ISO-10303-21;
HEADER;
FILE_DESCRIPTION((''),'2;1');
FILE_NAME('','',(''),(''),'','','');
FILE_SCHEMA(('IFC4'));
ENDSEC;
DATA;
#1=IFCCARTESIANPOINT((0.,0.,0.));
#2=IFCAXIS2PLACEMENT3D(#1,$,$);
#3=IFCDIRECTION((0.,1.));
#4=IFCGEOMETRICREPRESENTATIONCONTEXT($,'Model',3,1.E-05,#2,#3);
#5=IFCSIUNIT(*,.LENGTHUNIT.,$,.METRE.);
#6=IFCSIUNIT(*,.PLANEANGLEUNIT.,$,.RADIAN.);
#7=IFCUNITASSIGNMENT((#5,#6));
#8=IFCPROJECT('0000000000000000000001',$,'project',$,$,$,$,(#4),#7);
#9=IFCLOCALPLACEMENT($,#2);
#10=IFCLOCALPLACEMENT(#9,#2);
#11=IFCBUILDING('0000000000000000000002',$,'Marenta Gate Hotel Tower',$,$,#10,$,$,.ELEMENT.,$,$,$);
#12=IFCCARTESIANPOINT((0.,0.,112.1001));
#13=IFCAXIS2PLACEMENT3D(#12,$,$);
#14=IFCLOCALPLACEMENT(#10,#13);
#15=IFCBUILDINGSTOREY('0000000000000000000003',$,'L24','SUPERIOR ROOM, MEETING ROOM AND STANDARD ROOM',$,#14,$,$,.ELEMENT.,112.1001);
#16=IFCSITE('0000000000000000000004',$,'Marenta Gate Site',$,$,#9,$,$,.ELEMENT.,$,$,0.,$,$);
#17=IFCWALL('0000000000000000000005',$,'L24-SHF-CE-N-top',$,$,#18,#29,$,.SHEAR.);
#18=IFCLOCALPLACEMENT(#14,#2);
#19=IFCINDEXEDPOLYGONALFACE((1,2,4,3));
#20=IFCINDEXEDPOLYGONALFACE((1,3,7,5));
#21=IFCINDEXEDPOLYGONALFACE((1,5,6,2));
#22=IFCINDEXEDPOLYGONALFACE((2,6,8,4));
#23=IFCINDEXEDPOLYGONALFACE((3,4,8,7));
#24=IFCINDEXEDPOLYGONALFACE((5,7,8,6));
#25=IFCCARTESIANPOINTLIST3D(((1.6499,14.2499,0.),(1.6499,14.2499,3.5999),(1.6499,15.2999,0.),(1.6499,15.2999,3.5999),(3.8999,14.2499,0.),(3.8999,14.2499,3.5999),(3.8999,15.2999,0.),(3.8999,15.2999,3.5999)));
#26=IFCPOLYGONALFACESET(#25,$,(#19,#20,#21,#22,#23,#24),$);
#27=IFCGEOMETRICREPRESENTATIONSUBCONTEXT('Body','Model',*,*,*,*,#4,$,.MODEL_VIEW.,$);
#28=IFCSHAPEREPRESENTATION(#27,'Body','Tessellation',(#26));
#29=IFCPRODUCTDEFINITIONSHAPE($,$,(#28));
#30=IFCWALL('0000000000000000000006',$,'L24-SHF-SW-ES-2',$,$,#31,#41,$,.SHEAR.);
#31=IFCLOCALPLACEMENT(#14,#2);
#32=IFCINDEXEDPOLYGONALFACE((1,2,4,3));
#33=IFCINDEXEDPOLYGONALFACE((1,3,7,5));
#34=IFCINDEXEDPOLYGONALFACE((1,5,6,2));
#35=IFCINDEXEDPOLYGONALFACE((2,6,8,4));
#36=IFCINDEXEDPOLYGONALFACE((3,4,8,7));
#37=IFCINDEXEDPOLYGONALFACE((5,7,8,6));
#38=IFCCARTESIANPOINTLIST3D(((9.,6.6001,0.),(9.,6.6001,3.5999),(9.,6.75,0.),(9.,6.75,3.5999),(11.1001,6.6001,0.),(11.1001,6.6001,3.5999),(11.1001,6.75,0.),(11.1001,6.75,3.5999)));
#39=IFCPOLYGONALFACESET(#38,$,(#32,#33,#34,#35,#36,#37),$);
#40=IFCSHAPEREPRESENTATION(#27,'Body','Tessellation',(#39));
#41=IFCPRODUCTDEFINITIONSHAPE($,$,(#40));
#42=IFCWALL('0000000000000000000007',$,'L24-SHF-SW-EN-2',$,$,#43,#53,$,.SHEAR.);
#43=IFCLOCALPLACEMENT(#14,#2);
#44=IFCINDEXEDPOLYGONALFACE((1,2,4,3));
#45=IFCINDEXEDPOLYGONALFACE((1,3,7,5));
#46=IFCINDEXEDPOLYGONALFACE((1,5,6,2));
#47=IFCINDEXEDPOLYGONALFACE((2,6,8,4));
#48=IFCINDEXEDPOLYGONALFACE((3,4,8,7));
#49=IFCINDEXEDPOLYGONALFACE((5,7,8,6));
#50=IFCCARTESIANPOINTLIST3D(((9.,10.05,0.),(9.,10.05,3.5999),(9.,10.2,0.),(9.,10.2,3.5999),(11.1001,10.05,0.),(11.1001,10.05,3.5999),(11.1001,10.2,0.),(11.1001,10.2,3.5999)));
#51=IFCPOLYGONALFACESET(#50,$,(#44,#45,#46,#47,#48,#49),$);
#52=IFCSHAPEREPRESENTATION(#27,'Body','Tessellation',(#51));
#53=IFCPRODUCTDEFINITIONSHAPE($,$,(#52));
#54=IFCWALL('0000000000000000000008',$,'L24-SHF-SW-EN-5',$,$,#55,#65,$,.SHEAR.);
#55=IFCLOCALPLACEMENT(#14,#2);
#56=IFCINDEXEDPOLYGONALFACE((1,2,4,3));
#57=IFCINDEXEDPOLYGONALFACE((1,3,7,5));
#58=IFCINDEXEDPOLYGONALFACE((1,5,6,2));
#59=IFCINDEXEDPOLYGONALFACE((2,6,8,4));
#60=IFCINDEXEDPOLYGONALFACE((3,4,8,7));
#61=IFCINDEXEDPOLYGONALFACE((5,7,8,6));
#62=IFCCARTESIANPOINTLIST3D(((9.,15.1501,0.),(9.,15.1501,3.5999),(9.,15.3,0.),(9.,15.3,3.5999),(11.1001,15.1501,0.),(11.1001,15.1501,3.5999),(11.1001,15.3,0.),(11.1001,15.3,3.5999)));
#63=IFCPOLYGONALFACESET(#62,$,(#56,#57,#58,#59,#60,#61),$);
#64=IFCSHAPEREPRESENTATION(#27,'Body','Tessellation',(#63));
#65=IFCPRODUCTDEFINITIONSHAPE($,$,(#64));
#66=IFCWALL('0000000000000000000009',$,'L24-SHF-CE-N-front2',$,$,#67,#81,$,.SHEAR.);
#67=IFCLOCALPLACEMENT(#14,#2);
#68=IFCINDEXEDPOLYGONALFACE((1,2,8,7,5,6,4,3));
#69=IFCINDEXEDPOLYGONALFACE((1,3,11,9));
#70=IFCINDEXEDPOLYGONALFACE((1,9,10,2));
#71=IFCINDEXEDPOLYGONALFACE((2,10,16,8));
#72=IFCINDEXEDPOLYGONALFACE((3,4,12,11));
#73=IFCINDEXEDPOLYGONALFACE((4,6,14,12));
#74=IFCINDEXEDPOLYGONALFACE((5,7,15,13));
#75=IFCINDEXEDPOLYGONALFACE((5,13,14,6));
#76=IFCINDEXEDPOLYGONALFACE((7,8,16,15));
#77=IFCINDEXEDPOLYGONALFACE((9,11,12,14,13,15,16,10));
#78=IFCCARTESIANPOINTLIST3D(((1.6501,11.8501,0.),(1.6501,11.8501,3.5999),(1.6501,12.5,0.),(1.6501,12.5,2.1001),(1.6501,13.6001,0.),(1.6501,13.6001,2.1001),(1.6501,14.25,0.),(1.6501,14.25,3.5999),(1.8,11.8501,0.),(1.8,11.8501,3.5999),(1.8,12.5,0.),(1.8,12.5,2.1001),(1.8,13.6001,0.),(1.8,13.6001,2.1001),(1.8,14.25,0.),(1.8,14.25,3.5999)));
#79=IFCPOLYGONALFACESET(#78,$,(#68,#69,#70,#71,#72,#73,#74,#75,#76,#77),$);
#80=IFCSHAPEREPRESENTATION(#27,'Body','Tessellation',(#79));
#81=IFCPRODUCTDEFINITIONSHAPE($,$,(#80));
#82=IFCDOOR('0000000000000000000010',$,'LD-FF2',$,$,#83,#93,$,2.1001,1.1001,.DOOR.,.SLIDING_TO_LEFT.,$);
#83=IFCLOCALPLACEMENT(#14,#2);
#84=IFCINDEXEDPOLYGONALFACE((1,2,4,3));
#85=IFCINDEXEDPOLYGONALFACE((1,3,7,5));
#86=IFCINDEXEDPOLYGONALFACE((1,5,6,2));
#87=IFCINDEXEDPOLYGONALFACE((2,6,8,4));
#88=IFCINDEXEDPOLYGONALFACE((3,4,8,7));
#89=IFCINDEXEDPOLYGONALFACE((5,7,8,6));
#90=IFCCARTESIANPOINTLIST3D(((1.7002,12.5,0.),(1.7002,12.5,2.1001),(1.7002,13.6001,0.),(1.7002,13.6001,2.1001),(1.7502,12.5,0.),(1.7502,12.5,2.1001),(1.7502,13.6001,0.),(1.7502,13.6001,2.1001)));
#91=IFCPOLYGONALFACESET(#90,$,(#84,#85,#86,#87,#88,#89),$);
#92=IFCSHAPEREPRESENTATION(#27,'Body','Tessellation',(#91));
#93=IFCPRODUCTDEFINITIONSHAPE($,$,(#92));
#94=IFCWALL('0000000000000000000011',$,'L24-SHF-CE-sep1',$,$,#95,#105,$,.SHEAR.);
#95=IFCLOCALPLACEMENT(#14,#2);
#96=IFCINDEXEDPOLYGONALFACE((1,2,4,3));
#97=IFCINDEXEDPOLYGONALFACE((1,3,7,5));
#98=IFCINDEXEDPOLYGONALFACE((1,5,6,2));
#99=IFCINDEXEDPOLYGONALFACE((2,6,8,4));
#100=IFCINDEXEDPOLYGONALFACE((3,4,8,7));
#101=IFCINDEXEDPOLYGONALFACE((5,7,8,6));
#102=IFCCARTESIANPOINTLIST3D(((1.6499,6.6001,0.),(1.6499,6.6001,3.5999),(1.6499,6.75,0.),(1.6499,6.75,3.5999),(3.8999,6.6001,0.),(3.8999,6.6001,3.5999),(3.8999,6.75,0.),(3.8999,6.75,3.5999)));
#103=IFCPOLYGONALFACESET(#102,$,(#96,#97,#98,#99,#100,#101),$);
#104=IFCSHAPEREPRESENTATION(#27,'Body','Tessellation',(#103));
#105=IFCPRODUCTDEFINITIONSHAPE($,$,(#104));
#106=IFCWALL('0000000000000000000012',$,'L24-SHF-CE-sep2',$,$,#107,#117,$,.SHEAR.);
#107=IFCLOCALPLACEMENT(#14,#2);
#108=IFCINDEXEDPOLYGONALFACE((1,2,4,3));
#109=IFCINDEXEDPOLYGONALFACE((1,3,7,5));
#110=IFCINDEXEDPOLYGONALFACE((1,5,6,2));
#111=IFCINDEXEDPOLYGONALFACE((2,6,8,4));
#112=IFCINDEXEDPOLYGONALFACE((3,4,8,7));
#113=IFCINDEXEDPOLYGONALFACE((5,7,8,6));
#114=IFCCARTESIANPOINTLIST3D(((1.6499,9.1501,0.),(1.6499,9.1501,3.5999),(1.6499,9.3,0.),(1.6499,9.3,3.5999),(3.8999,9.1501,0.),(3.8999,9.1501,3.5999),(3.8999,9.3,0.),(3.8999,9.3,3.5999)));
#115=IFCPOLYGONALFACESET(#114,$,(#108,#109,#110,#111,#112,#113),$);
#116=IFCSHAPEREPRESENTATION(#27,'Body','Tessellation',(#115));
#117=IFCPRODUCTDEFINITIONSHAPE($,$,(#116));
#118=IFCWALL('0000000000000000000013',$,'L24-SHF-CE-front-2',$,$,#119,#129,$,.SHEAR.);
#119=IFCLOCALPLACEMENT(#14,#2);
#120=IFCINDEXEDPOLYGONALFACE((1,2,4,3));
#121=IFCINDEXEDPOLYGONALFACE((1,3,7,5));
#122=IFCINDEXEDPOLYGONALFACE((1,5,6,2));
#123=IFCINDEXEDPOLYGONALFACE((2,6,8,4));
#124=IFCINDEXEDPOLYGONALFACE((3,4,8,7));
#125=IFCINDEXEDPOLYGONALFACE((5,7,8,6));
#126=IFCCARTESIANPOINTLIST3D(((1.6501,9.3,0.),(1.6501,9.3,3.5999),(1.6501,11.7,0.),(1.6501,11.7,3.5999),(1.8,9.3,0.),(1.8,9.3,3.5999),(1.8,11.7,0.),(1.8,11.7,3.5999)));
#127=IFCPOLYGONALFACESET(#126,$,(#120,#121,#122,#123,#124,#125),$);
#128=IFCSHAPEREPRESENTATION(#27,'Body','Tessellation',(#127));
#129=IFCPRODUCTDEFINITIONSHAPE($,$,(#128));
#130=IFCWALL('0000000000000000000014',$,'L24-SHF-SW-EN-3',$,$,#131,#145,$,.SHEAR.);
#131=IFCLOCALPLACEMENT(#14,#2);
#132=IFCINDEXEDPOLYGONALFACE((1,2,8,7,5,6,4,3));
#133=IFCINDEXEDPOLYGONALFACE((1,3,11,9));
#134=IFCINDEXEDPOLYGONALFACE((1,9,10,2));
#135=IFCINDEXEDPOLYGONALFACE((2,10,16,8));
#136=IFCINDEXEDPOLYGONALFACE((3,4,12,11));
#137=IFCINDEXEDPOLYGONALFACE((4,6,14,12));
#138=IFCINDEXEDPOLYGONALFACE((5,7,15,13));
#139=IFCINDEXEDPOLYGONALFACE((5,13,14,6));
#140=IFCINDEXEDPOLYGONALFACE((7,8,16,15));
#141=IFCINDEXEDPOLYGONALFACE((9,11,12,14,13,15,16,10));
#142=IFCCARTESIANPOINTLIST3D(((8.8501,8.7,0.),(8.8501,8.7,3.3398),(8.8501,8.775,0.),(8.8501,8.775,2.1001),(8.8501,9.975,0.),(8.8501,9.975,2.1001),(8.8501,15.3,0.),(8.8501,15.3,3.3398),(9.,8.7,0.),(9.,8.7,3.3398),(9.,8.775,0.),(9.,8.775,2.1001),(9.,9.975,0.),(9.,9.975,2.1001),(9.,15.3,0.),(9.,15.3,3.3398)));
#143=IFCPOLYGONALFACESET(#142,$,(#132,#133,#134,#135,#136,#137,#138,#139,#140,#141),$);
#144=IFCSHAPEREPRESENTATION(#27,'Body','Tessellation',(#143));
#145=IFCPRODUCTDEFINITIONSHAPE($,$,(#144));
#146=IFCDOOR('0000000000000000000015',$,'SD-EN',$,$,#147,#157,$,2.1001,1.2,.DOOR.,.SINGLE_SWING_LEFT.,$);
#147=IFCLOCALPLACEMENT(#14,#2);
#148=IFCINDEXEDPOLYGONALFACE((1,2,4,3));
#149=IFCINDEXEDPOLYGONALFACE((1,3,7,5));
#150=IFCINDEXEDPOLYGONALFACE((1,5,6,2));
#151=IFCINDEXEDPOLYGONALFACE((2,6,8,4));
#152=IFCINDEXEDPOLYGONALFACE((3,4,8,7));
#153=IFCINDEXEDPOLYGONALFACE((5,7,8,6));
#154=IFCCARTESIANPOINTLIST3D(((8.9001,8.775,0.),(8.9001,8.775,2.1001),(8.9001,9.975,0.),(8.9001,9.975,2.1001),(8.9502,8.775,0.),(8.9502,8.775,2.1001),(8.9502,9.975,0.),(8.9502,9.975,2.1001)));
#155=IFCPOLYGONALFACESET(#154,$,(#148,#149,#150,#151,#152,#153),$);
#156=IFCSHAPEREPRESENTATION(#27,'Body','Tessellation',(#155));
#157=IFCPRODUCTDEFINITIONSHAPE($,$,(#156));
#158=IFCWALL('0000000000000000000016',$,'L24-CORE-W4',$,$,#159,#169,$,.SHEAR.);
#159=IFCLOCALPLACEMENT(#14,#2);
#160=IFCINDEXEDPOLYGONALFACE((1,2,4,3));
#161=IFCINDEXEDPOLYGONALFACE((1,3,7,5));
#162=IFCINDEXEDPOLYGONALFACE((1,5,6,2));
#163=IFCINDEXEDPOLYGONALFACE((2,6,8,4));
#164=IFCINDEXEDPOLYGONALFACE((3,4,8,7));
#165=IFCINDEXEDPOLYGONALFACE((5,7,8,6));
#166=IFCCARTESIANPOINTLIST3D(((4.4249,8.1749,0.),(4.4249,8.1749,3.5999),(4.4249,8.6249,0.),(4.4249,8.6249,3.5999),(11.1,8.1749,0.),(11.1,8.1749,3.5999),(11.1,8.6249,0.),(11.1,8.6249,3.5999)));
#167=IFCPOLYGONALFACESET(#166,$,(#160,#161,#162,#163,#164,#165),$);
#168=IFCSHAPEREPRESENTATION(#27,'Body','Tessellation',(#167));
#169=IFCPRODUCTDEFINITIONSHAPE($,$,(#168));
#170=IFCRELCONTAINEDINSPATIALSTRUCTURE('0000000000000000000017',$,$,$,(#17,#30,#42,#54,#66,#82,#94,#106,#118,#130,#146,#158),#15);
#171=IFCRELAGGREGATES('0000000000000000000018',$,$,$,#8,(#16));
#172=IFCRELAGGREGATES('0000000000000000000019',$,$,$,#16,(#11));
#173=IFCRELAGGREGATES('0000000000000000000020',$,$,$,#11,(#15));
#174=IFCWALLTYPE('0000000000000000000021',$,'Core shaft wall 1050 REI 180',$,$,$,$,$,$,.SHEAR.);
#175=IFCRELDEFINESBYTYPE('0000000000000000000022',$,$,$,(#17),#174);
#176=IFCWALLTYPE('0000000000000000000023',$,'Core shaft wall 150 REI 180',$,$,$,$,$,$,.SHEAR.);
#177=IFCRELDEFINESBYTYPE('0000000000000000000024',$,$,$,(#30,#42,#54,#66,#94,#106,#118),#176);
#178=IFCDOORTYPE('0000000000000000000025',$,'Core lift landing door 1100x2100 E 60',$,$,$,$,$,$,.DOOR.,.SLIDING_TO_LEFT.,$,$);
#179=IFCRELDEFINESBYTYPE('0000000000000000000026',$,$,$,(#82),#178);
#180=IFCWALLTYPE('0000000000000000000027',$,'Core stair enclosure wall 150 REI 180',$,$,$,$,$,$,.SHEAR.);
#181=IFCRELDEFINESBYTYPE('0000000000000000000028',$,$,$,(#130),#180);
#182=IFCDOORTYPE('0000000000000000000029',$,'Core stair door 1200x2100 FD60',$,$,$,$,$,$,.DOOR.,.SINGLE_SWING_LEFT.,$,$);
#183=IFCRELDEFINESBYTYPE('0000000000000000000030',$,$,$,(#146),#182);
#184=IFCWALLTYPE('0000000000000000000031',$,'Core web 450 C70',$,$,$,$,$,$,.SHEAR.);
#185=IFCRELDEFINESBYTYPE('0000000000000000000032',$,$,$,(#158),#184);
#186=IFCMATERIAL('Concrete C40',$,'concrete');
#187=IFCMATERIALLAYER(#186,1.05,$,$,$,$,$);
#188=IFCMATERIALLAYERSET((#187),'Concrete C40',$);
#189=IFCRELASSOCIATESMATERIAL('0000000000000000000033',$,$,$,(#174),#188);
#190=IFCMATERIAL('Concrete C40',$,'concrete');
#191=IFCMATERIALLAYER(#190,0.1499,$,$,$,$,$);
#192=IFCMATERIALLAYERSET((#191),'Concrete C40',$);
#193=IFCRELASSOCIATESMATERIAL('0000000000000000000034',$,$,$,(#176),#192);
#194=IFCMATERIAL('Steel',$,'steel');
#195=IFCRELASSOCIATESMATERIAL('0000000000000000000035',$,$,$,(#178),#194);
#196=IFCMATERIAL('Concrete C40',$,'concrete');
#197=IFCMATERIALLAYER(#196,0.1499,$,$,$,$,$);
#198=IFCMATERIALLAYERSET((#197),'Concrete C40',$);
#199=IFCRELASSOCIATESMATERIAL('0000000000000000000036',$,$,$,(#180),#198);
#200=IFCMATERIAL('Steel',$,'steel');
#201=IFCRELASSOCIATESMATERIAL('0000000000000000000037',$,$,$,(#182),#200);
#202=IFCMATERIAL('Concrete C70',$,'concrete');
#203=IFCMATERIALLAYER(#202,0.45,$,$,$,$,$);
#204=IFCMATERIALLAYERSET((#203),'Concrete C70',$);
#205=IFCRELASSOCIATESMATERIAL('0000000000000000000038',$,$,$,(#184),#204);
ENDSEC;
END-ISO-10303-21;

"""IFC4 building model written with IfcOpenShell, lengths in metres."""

from ifc_helpers import new_model, si_unit, direction, frame, frame_2d, origin, place, context, subcontext, project, spatial, rectangle, extrude, material, layer, layer_set, type_object, element, fill, save


model = new_model("IFC4")

# Units and contexts
model_context = context("Model", 3, precision=1e-05, world=origin(), true_north=direction((0.0, 1.0)))
body_context = subcontext(model_context, "Body", "Model", "MODEL_VIEW")
ifc_project = project(units=[si_unit("LENGTHUNIT", "METRE"), si_unit("PLANEANGLEUNIT", "RADIAN")], contexts=[model_context])

# Site, building, storey
site_placement = place(None, origin())
site = spatial("IfcSite", under=ifc_project, at=site_placement, Name="Marenta Gate Site", CompositionType="ELEMENT", RefElevation=0.0)
building_placement = place(site_placement, origin())
building = spatial("IfcBuilding", under=site, at=building_placement, Name="Marenta Gate Hotel Tower", CompositionType="ELEMENT")
storey_placement = place(building_placement, frame((0.0, 0.0, 112.1001)))
storey = spatial("IfcBuildingStorey", under=building, at=storey_placement, Name="L24", Description="SUPERIOR ROOM, MEETING ROOM AND STANDARD ROOM", CompositionType="ELEMENT", Elevation=112.1001)

# Walls
ifc_material_1 = material(Name="Concrete C40", Category="concrete")
ifc_layer_1 = layer(ifc_material_1, 1.05)
ifc_layer_set_1 = layer_set([ifc_layer_1], Name="Concrete C40")
wall_type_1 = type_object("IfcWallType", Name="Core shaft wall 1050 REI 180", PredefinedType="SHEAR", material=ifc_layer_set_1)
wall_1_placement = place(storey_placement, frame((1.6499, 14.7749, 0.0), z_axis=(0.0, 0.0, 1.0), x_axis=(1.0, 0.0, 0.0)))
element("IfcWall", 1, at=wall_1_placement, inside=storey, type_object=wall_type_1, Name="L24-SHF-CE-N-top", PredefinedType="SHEAR", context=body_context, shape_type="SweptSolid", body=[
    extrude(rectangle(XDim=2.25, YDim=1.05, at=frame_2d((1.125, 0.0))), origin(), (0.0, 0.0, 1.0), 3.5999),
])
ifc_material_2 = material(Name="Concrete C40", Category="concrete")
ifc_layer_2 = layer(ifc_material_2, 0.1499)
ifc_layer_set_2 = layer_set([ifc_layer_2], Name="Concrete C40")
wall_type_2 = type_object("IfcWallType", Name="Core shaft wall 150 REI 180", PredefinedType="SHEAR", material=ifc_layer_set_2)
for number, where, z_axis, x_axis, name in (
    (2, (9.0, 6.675, 0.0), (0.0, 0.0, 1.0), (1.0, 0.0, 0.0), "L24-SHF-SW-ES-2"),
    (3, (9.0, 10.125, 0.0), (0.0, 0.0, 1.0), (1.0, 0.0, 0.0), "L24-SHF-SW-EN-2"),
    (4, (9.0, 15.2251, 0.0), (0.0, 0.0, 1.0), (1.0, 0.0, 0.0), "L24-SHF-SW-EN-5"),
):
    element("IfcWall", number, at=place(storey_placement, frame(where, z_axis=z_axis, x_axis=x_axis)), inside=storey, type_object=wall_type_2, Name=name, PredefinedType="SHEAR", context=body_context, shape_type="SweptSolid", body=[
        extrude(rectangle(XDim=2.1001, YDim=0.1499, at=frame_2d((1.05, 0.0))), origin(), (0.0, 0.0, 1.0), 3.5999),
    ])

# Wall, opening, door
wall_2_placement = place(storey_placement, frame((1.7251, 11.8501, 0.0), z_axis=(0.0, 0.0, 1.0), x_axis=(0.0, 1.0, 0.0)))
wall_2 = element("IfcWall", 5, at=wall_2_placement, inside=storey, type_object=wall_type_2, Name="L24-SHF-CE-N-front2", PredefinedType="SHEAR", context=body_context, shape_type="SweptSolid", body=[
    extrude(rectangle(XDim=2.3999, YDim=0.1499, at=frame_2d((1.2, 0.0))), origin(), (0.0, 0.0, 1.0), 3.5999),
])
opening_1_placement = place(wall_2_placement, frame((0.6499, 0.0, 0.0)))
opening_1 = element("IfcOpeningElement", 6, at=opening_1_placement, cuts=wall_2, PredefinedType="OPENING", context=body_context, shape_type="SweptSolid", body=[
    extrude(rectangle(XDim=1.1001, YDim=2.1001, at=frame_2d((0.55, 1.05))), frame((0.0, 0.075, 0.0), z_axis=(0.0, -1.0, 0.0), x_axis=(1.0, 0.0, 0.0)), (0.0, 0.0, 1.0), 0.1499),
])
ifc_material_3 = material(Name="Steel", Category="steel")
door_type_1 = type_object("IfcDoorType", Name="Core lift landing door 1100x2100 E 60", OperationType="SLIDING_TO_LEFT", PredefinedType="DOOR", material=ifc_material_3)
door_1_placement = place(opening_1_placement, origin())
door_1 = element("IfcDoor", 7, at=door_1_placement, inside=storey, type_object=door_type_1, Name="LD-FF2", OperationType="SLIDING_TO_LEFT", OverallHeight=2.1001, OverallWidth=1.1001, PredefinedType="DOOR", context=body_context, shape_type="SweptSolid", body=[
    extrude(rectangle(XDim=1.1001, YDim=2.1001, at=frame_2d((0.55, 1.05))), frame((0.0, 0.0249, 0.0), z_axis=(0.0, -1.0, 0.0), x_axis=(1.0, 0.0, 0.0)), (0.0, 0.0, 1.0), 0.05),
])
fill(opening_1, door_1)

# Walls
for number, where, z_axis, x_axis, name in (
    (8, (1.6499, 6.675, 0.0), (0.0, 0.0, 1.0), (1.0, 0.0, 0.0), "L24-SHF-CE-sep1"),
    (9, (1.6499, 9.2251, 0.0), (0.0, 0.0, 1.0), (1.0, 0.0, 0.0), "L24-SHF-CE-sep2"),
):
    element("IfcWall", number, at=place(storey_placement, frame(where, z_axis=z_axis, x_axis=x_axis)), inside=storey, type_object=wall_type_2, Name=name, PredefinedType="SHEAR", context=body_context, shape_type="SweptSolid", body=[
        extrude(rectangle(XDim=2.25, YDim=0.1499, at=frame_2d((1.125, 0.0))), origin(), (0.0, 0.0, 1.0), 3.5999),
    ])
wall_3_placement = place(storey_placement, frame((1.7251, 9.3, 0.0), z_axis=(0.0, 0.0, 1.0), x_axis=(0.0, 1.0, 0.0)))
element("IfcWall", 10, at=wall_3_placement, inside=storey, type_object=wall_type_2, Name="L24-SHF-CE-front-2", PredefinedType="SHEAR", context=body_context, shape_type="SweptSolid", body=[
    extrude(rectangle(XDim=2.3999, YDim=0.1499, at=frame_2d((1.2, 0.0))), origin(), (0.0, 0.0, 1.0), 3.5999),
])

# Wall, opening, door
ifc_material_4 = material(Name="Concrete C40", Category="concrete")
ifc_layer_3 = layer(ifc_material_4, 0.1499)
ifc_layer_set_3 = layer_set([ifc_layer_3], Name="Concrete C40")
wall_type_3 = type_object("IfcWallType", Name="Core stair enclosure wall 150 REI 180", PredefinedType="SHEAR", material=ifc_layer_set_3)
wall_4_placement = place(storey_placement, frame((8.925, 8.7, 0.0), z_axis=(0.0, 0.0, 1.0), x_axis=(0.0, 1.0, 0.0)))
wall_4 = element("IfcWall", 11, at=wall_4_placement, inside=storey, type_object=wall_type_3, Name="L24-SHF-SW-EN-3", PredefinedType="SHEAR", context=body_context, shape_type="SweptSolid", body=[
    extrude(rectangle(XDim=6.6001, YDim=0.1499, at=frame_2d((3.3, 0.0))), origin(), (0.0, 0.0, 1.0), 3.3398),
])
opening_2_placement = place(wall_4_placement, frame((0.075, 0.0, 0.0)))
opening_2 = element("IfcOpeningElement", 12, at=opening_2_placement, cuts=wall_4, PredefinedType="OPENING", context=body_context, shape_type="SweptSolid", body=[
    extrude(rectangle(XDim=1.2, YDim=2.1001, at=frame_2d((0.6001, 1.05))), frame((0.0, 0.075, 0.0), z_axis=(0.0, -1.0, 0.0), x_axis=(1.0, 0.0, 0.0)), (0.0, 0.0, 1.0), 0.1499),
])
ifc_material_5 = material(Name="Steel", Category="steel")
door_type_2 = type_object("IfcDoorType", Name="Core stair door 1200x2100 FD60", OperationType="SINGLE_SWING_LEFT", PredefinedType="DOOR", material=ifc_material_5)
door_2_placement = place(opening_2_placement, origin())
door_2 = element("IfcDoor", 13, at=door_2_placement, inside=storey, type_object=door_type_2, Name="SD-EN", OperationType="SINGLE_SWING_LEFT", OverallHeight=2.1001, OverallWidth=1.2, PredefinedType="DOOR", context=body_context, shape_type="SweptSolid", body=[
    extrude(rectangle(XDim=1.2, YDim=2.1001, at=frame_2d((0.6001, 1.05))), frame((0.0, 0.0249, 0.0), z_axis=(0.0, -1.0, 0.0), x_axis=(1.0, 0.0, 0.0)), (0.0, 0.0, 1.0), 0.05),
])
fill(opening_2, door_2)

# Wall
ifc_material_6 = material(Name="Concrete C70", Category="concrete")
ifc_layer_4 = layer(ifc_material_6, 0.45)
ifc_layer_set_4 = layer_set([ifc_layer_4], Name="Concrete C70")
wall_type_4 = type_object("IfcWallType", Name="Core web 450 C70", PredefinedType="SHEAR", material=ifc_layer_set_4)
wall_5_placement = place(storey_placement, frame((4.425, 8.3999, 0.0), z_axis=(0.0, 0.0, 1.0), x_axis=(1.0, 0.0, 0.0)))
element("IfcWall", 14, at=wall_5_placement, inside=storey, type_object=wall_type_4, Name="L24-CORE-W4", PredefinedType="SHEAR", context=body_context, shape_type="SweptSolid", body=[
    extrude(rectangle(XDim=6.675, YDim=0.45, at=frame_2d((3.3374, 0.0))), origin(), (0.0, 0.0, 1.0), 3.5999),
])

save(model, "model.ifc")
